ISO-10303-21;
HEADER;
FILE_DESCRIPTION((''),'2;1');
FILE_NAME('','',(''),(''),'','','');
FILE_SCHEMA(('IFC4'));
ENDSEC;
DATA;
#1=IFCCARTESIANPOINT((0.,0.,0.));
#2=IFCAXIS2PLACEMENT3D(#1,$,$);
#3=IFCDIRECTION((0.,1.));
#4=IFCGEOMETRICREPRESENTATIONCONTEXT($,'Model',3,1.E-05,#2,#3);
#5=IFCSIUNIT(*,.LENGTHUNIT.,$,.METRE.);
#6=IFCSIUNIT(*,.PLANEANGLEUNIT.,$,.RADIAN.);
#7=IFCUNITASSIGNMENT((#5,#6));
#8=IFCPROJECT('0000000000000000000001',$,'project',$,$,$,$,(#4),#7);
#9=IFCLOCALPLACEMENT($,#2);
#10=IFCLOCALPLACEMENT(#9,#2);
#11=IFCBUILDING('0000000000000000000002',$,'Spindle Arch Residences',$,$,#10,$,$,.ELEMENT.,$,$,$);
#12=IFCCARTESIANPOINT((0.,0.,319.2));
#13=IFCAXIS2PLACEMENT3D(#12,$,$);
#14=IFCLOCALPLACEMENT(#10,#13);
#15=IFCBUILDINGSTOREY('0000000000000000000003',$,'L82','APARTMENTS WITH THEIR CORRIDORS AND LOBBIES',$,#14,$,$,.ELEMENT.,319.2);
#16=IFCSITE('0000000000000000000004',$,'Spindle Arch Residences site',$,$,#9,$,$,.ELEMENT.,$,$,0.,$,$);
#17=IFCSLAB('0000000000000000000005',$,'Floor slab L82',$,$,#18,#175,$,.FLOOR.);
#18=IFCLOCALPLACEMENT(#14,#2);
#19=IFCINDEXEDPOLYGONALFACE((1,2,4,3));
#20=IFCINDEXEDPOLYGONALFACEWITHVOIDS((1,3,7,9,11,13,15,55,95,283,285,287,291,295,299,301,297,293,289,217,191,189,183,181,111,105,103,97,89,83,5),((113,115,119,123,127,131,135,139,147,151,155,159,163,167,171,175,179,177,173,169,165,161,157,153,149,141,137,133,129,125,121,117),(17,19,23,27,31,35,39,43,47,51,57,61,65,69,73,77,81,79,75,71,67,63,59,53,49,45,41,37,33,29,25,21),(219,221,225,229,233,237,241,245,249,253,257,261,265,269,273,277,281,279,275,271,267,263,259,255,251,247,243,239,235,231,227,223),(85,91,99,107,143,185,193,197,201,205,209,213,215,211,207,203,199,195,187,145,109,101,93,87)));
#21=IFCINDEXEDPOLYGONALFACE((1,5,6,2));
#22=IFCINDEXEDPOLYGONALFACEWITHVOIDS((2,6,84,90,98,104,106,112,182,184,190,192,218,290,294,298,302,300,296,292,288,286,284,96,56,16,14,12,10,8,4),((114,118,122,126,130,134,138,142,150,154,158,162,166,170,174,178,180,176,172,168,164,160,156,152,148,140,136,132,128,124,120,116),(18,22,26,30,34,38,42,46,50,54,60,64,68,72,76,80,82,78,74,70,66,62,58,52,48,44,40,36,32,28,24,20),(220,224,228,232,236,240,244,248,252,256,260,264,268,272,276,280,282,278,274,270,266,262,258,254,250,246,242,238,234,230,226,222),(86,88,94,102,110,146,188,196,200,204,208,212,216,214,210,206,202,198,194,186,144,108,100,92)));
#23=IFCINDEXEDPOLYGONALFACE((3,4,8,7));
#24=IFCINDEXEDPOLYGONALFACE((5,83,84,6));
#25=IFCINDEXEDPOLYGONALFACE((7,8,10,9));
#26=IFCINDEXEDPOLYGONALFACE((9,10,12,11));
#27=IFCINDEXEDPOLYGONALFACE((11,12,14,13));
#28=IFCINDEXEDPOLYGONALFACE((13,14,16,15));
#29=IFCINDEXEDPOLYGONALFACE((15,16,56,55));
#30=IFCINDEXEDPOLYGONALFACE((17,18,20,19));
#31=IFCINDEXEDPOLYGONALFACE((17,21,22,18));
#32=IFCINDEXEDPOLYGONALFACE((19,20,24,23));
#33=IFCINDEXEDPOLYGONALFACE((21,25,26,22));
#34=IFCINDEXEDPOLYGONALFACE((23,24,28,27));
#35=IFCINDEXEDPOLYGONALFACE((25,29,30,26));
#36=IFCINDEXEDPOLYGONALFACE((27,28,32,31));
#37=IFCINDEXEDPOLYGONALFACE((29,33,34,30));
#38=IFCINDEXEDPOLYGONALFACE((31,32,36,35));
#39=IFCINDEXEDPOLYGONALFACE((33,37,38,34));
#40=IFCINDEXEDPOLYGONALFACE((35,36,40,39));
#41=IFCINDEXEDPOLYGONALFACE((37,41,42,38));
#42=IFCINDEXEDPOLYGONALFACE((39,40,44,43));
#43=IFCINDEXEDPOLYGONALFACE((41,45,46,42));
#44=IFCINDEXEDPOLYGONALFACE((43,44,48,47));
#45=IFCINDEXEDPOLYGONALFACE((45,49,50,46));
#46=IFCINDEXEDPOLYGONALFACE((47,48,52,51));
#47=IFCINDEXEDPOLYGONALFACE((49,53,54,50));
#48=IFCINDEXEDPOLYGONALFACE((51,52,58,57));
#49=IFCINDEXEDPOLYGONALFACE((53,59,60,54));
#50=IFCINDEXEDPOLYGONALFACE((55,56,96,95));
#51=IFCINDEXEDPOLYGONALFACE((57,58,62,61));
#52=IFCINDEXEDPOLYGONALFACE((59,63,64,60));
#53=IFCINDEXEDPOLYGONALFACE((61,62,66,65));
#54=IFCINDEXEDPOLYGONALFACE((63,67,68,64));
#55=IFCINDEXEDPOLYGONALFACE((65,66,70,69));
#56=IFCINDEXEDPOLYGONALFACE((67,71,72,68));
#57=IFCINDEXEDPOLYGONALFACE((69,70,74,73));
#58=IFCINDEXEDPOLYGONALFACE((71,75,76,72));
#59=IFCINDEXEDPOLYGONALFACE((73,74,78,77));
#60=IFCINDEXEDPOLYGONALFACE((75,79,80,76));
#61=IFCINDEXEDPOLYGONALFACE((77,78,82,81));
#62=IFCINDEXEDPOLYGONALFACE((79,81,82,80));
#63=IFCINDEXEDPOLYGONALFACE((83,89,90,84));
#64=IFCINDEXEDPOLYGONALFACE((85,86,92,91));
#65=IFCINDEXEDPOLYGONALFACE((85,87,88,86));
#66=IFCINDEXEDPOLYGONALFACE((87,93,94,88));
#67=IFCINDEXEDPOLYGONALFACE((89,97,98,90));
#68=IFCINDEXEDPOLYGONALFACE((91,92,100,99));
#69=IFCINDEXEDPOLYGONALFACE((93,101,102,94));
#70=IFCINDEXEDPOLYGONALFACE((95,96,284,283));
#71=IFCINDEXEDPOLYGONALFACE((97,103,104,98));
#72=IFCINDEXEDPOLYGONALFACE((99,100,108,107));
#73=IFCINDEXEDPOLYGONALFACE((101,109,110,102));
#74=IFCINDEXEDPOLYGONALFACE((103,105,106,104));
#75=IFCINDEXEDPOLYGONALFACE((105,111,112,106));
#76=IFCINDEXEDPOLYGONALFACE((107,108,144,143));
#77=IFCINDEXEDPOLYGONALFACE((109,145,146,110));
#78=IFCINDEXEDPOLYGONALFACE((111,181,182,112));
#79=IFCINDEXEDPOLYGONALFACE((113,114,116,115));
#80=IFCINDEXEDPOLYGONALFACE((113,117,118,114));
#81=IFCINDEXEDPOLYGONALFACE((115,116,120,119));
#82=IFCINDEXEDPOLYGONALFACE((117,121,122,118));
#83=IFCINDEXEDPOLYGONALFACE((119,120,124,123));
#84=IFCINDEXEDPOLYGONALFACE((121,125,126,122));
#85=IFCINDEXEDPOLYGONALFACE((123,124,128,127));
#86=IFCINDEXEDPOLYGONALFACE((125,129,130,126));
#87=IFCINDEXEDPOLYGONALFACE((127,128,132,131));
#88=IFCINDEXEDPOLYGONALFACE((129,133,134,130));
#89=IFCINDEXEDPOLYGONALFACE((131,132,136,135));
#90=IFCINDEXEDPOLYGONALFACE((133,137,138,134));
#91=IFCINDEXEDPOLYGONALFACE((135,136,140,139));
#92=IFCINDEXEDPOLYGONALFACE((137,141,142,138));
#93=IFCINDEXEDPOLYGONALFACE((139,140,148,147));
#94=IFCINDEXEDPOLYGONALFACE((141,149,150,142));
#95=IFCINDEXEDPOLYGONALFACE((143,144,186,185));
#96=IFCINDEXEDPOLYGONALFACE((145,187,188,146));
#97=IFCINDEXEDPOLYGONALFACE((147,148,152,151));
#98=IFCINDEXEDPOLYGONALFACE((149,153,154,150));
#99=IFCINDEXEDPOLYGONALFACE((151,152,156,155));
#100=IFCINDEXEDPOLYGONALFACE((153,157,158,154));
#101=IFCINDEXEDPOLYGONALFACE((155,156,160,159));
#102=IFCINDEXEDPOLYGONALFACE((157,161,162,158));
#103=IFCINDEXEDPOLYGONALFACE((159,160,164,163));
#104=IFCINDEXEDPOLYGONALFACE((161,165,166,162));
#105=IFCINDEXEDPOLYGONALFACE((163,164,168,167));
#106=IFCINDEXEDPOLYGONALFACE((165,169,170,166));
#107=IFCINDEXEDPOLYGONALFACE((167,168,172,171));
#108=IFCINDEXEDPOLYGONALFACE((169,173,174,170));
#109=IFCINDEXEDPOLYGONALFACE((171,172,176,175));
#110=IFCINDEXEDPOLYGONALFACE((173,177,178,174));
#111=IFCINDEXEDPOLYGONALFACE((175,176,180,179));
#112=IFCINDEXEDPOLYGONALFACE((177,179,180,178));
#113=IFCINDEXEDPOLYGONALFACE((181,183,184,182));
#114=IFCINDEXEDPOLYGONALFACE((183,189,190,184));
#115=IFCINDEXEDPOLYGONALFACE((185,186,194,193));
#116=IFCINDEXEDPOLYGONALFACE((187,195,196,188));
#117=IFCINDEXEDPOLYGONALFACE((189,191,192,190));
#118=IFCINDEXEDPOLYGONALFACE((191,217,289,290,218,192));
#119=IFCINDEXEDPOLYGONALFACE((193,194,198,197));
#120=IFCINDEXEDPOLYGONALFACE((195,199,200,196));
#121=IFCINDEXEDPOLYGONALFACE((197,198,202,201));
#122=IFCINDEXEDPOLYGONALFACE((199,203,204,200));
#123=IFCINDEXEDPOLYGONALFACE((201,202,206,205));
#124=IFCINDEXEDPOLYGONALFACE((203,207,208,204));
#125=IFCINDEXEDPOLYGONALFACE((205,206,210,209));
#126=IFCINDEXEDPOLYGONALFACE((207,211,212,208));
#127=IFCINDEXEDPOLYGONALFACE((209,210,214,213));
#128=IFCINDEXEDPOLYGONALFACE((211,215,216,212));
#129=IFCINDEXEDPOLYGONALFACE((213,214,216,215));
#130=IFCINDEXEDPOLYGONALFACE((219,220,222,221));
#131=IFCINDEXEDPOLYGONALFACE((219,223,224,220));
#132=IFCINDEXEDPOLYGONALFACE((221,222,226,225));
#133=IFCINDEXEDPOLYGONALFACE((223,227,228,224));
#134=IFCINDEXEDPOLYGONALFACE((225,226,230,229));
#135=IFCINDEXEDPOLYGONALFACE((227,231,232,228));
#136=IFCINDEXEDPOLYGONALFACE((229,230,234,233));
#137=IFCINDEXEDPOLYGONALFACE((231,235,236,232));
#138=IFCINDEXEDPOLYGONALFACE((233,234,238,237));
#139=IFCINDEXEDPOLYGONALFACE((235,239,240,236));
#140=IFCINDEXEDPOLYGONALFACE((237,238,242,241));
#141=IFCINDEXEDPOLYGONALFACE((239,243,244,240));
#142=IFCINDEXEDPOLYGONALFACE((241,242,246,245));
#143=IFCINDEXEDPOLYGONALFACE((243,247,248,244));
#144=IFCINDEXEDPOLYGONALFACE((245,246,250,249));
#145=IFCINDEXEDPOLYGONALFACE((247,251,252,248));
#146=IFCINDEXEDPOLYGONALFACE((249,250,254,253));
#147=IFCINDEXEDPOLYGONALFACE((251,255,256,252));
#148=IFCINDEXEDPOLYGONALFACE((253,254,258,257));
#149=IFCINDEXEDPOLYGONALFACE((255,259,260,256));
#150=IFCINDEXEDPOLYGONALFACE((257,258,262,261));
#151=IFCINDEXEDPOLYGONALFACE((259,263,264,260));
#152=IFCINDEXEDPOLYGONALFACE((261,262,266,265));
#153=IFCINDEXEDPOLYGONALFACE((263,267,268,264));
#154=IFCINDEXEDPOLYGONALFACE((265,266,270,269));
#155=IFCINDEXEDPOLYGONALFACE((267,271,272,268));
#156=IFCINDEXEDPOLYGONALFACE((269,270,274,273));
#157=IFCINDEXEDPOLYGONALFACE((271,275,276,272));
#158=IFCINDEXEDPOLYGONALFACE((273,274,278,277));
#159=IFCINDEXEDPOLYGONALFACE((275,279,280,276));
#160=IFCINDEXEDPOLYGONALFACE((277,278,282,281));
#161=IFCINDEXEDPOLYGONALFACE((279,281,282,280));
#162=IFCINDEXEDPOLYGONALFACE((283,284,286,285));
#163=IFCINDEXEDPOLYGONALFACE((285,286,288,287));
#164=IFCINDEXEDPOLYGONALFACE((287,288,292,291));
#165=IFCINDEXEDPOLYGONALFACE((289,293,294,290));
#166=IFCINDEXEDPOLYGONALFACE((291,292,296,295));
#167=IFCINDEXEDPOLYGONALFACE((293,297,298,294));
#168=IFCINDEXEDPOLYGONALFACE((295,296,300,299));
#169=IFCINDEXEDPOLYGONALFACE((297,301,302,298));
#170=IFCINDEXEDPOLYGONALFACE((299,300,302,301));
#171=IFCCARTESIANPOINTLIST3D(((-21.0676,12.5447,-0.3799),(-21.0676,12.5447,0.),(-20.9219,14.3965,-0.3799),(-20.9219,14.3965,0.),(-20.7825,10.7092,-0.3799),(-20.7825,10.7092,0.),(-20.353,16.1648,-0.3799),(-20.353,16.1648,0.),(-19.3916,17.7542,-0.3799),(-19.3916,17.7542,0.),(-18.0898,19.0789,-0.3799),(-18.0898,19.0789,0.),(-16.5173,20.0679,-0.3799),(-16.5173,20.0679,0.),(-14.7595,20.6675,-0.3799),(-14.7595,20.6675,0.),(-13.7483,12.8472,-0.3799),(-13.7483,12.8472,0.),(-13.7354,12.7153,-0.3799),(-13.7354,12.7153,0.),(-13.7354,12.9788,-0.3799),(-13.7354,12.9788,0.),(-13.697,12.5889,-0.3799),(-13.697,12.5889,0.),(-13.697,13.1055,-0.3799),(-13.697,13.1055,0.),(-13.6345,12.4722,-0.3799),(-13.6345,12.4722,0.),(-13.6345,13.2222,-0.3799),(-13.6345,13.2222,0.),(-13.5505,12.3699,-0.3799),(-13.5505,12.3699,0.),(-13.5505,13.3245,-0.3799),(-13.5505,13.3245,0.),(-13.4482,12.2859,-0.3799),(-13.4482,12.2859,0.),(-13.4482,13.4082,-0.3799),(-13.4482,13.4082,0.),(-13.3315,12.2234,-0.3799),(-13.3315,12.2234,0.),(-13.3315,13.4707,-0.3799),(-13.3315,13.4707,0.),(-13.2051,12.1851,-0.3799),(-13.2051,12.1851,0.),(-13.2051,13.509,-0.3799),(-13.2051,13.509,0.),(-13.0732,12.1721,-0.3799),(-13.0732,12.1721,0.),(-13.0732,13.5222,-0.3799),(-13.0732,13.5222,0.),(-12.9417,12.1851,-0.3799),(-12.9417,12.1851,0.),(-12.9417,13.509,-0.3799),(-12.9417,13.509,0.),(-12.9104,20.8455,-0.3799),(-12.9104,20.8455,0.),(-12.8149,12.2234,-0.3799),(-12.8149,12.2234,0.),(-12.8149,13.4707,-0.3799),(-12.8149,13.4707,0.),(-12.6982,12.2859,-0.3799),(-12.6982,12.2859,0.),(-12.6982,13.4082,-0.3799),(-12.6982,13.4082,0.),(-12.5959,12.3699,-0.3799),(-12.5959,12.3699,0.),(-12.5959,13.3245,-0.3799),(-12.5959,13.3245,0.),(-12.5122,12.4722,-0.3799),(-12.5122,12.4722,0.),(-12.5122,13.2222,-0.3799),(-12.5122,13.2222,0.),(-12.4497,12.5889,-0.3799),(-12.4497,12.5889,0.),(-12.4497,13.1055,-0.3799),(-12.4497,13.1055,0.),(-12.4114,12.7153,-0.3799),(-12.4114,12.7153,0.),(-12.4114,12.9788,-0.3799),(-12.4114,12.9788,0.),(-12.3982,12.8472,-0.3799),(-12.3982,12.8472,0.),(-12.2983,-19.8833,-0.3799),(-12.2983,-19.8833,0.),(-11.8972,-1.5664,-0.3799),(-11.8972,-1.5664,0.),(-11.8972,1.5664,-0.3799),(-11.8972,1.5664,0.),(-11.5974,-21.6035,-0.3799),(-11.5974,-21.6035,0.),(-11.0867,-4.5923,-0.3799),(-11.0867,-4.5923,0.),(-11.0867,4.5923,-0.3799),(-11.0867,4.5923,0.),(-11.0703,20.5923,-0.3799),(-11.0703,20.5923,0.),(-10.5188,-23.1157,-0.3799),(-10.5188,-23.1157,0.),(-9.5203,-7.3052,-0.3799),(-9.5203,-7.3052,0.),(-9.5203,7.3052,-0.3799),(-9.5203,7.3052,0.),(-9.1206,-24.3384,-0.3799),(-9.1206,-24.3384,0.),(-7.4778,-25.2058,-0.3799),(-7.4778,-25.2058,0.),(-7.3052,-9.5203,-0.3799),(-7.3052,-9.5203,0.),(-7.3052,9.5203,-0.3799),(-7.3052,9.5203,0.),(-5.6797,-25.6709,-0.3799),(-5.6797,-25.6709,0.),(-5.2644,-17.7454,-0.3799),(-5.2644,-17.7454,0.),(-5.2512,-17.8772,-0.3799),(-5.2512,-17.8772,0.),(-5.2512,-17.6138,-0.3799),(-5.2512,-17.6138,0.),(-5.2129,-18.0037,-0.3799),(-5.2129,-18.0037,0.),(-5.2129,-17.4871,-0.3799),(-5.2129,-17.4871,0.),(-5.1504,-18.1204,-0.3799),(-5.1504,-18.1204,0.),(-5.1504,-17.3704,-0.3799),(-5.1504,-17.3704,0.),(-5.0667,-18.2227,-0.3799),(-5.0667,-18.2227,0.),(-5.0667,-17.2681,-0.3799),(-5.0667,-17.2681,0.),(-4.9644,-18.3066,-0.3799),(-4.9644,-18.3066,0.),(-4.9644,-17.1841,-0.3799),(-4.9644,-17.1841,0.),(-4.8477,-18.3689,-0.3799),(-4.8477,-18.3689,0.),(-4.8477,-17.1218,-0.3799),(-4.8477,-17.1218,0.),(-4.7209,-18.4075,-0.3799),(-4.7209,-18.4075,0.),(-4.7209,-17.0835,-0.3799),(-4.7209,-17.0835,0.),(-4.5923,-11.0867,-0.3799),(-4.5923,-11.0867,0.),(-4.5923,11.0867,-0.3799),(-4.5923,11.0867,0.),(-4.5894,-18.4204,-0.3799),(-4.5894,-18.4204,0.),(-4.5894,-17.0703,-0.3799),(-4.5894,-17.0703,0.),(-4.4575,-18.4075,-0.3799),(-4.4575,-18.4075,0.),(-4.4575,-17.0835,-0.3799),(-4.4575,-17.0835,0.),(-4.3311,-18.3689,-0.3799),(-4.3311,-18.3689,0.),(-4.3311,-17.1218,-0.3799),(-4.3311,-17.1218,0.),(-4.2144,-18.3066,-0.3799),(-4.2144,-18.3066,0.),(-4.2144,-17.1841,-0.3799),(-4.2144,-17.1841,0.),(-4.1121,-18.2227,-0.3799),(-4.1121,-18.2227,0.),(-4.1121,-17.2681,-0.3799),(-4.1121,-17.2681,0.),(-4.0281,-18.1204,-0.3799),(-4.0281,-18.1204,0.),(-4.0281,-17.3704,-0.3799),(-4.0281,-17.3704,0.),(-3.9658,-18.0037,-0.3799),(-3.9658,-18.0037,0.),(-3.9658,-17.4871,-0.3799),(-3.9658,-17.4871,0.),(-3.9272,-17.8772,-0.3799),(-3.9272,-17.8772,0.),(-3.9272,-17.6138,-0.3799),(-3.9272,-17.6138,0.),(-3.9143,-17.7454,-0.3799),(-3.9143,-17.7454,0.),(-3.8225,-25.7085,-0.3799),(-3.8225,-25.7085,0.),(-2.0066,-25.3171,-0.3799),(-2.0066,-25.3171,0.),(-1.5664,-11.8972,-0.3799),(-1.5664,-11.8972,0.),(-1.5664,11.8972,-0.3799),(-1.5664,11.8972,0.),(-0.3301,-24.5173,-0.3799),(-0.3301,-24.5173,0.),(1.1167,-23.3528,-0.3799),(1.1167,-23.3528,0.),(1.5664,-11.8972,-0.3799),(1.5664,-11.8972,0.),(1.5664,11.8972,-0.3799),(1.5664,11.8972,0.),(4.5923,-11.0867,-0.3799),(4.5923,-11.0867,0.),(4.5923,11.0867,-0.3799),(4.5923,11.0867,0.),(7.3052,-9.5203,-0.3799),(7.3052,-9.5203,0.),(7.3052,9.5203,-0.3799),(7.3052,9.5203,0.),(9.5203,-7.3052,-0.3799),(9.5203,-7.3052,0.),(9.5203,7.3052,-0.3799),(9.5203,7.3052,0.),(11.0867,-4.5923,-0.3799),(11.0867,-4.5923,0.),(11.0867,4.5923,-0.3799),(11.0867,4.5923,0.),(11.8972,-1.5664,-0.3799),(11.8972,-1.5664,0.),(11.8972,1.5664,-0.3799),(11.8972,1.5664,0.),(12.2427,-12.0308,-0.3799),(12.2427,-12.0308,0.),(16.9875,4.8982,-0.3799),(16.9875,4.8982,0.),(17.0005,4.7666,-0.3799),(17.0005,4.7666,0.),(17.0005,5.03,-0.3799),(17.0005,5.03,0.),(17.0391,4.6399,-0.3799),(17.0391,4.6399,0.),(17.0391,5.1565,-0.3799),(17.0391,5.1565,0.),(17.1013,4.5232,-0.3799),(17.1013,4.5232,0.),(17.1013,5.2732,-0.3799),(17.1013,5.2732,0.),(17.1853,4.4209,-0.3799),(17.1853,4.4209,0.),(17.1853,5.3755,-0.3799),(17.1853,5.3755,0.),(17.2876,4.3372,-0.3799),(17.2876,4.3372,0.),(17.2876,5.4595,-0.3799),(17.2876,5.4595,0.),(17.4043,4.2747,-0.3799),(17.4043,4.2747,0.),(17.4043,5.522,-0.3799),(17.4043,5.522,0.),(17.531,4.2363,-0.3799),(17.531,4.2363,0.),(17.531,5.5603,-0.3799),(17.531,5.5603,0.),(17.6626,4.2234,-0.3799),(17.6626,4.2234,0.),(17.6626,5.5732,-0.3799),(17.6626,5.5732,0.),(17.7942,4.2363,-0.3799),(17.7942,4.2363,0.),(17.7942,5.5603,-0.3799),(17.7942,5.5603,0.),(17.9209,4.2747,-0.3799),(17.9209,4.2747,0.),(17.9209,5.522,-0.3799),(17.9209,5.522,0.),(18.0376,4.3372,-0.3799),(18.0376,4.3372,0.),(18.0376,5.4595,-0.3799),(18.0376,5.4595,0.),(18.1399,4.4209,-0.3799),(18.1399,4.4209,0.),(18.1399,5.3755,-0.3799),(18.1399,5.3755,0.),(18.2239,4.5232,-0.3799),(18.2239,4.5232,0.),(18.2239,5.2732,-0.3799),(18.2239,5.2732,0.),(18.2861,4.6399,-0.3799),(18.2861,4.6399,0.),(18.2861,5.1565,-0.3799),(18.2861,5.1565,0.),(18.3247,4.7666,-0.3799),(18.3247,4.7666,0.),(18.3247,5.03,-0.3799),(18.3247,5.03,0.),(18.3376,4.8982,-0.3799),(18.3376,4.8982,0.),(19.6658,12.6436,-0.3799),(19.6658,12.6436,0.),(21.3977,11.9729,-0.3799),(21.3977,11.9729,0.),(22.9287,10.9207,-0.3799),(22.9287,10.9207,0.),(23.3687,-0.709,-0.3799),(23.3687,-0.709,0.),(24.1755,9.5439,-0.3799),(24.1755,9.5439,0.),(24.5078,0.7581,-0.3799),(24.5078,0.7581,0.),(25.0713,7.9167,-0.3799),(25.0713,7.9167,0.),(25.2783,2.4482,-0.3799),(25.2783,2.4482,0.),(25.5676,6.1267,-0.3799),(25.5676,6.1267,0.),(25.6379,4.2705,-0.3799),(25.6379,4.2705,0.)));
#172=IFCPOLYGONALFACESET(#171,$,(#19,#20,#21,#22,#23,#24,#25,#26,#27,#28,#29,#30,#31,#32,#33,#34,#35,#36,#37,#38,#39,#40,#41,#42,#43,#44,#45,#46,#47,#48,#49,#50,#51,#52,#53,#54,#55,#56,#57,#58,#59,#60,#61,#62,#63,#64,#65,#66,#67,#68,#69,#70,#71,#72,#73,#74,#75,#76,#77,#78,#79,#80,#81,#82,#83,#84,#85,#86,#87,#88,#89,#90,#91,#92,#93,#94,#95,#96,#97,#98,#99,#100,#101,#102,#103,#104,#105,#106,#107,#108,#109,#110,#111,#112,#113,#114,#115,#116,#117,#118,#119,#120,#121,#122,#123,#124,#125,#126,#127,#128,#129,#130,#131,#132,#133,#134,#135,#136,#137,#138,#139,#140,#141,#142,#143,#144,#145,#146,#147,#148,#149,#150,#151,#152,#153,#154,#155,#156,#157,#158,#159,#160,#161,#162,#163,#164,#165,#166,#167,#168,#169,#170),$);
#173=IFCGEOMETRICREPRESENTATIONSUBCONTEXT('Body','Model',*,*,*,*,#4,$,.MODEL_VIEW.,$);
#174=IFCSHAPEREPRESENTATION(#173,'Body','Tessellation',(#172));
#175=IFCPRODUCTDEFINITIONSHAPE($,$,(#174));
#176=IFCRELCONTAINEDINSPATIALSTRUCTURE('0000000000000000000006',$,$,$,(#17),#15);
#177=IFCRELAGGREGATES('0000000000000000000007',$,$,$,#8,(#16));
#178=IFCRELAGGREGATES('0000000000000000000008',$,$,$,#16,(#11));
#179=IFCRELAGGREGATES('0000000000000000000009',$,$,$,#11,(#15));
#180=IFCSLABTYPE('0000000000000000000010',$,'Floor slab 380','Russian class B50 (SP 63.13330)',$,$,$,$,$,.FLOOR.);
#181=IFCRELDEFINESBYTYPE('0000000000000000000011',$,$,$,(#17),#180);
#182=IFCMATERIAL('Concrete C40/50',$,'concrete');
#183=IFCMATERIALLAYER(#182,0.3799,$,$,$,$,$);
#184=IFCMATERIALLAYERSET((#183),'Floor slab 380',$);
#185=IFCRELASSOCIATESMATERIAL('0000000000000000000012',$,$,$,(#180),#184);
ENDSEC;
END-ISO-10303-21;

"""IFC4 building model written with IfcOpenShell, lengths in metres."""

from ifc_helpers import new_model, si_unit, direction, frame, origin, place, context, subcontext, project, spatial, polyline, outline, extrude, material, layer, layer_set, type_object, element, save


model = new_model("IFC4")

# Units and contexts
model_context = context("Model", 3, precision=1e-05, world=origin(), true_north=direction((0.0, 1.0)))
body_context = subcontext(model_context, "Body", "Model", "MODEL_VIEW")
ifc_project = project(units=[si_unit("LENGTHUNIT", "METRE"), si_unit("PLANEANGLEUNIT", "RADIAN")], contexts=[model_context])

# Site, building, storey
site_placement = place(None, origin())
site = spatial("IfcSite", under=ifc_project, at=site_placement, Name="Spindle Arch Residences site", CompositionType="ELEMENT", RefElevation=0.0)
building_placement = place(site_placement, origin())
building = spatial("IfcBuilding", under=site, at=building_placement, Name="Spindle Arch Residences", CompositionType="ELEMENT")
storey_placement = place(building_placement, frame((0.0, 0.0, 319.2)))
storey = spatial("IfcBuildingStorey", under=building, at=storey_placement, Name="L82", Description="APARTMENTS WITH THEIR CORRIDORS AND LOBBIES", CompositionType="ELEMENT", Elevation=319.2)

# Slab
ifc_material_1 = material(Name="Concrete C40/50", Category="concrete")
ifc_layer_1 = layer(ifc_material_1, 0.3799)
ifc_layer_set_1 = layer_set([ifc_layer_1], Name="Floor slab 380")
slab_type_1 = type_object("IfcSlabType", Name="Floor slab 380", Description="Russian class B50 (SP 63.13330)", PredefinedType="FLOOR", material=ifc_layer_set_1)
slab_1_placement = place(storey_placement, frame((0.0, 0.0, -0.3799)))
element("IfcSlab", 1, at=slab_1_placement, inside=storey, type_object=slab_type_1, Name="Floor slab L82", PredefinedType="FLOOR", context=body_context, shape_type="SweptSolid", body=[
    extrude(outline(polyline([(-0.3301, -24.5173), (-2.0066, -25.3171), (-3.8225, -25.7085), (-5.6797, -25.6709), (-7.4778, -25.2058), (-9.1206, -24.3384), (-10.5188, -23.1157), (-11.5974, -21.6035), (-12.2983, -19.8833), (-20.7825, 10.7092), (-21.0676, 12.5447), (-20.9219, 14.3965), (-20.353, 16.1648), (-19.3916, 17.7542), (-18.0898, 19.0789), (-16.5173, 20.0679), (-14.7595, 20.6675), (-12.9104, 20.8455), (-11.0703, 20.5923), (19.6658, 12.6436), (21.3977, 11.9729), (22.9287, 10.9207), (24.1755, 9.5439), (25.0713, 7.9167), (25.5676, 6.1267), (25.6379, 4.2705), (25.2783, 2.4482), (24.5078, 0.7581), (23.3687, -0.709), (12.2427, -12.0308), (1.1167, -23.3528), (-0.3301, -24.5173)]), holes=[polyline([(7.3052, -9.5203), (9.5203, -7.3052), (11.0867, -4.5923), (11.8972, -1.5664), (11.8972, 1.5664), (11.0867, 4.5923), (9.5203, 7.3052), (7.3052, 9.5203), (4.5923, 11.0867), (1.5664, 11.8972), (-1.5664, 11.8972), (-4.5923, 11.0867), (-7.3052, 9.5203), (-9.5203, 7.3052), (-11.0867, 4.5923), (-11.8972, 1.5664), (-11.8972, -1.5664), (-11.0867, -4.5923), (-9.5203, -7.3052), (-7.3052, -9.5203), (-4.5923, -11.0867), (-1.5664, -11.8972), (1.5664, -11.8972), (4.5923, -11.0867), (7.3052, -9.5203)]), polyline([(-4.0281, -18.1204), (-3.9658, -18.0037), (-3.9272, -17.8772), (-3.9143, -17.7454), (-3.9272, -17.6138), (-3.9658, -17.4871), (-4.0281, -17.3704), (-4.1121, -17.2681), (-4.2144, -17.1841), (-4.3311, -17.1218), (-4.4575, -17.0835), (-4.5894, -17.0703), (-4.7209, -17.0835), (-4.8477, -17.1218), (-4.9644, -17.1841), (-5.0667, -17.2681), (-5.1504, -17.3704), (-5.2129, -17.4871), (-5.2512, -17.6138), (-5.2644, -17.7454), (-5.2512, -17.8772), (-5.2129, -18.0037), (-5.1504, -18.1204), (-5.0667, -18.2227), (-4.9644, -18.3066), (-4.8477, -18.3689), (-4.7209, -18.4075), (-4.5894, -18.4204), (-4.4575, -18.4075), (-4.3311, -18.3689), (-4.2144, -18.3066), (-4.1121, -18.2227), (-4.0281, -18.1204)]), polyline([(-12.5959, 12.3699), (-12.5122, 12.4722), (-12.4497, 12.5889), (-12.4114, 12.7153), (-12.3982, 12.8472), (-12.4114, 12.9788), (-12.4497, 13.1055), (-12.5122, 13.2222), (-12.5959, 13.3245), (-12.6982, 13.4082), (-12.8149, 13.4707), (-12.9417, 13.509), (-13.0732, 13.5222), (-13.2051, 13.509), (-13.3315, 13.4707), (-13.4482, 13.4082), (-13.5505, 13.3245), (-13.6345, 13.2222), (-13.697, 13.1055), (-13.7354, 12.9788), (-13.7483, 12.8472), (-13.7354, 12.7153), (-13.697, 12.5889), (-13.6345, 12.4722), (-13.5505, 12.3699), (-13.4482, 12.2859), (-13.3315, 12.2234), (-13.2051, 12.1851), (-13.0732, 12.1721), (-12.9417, 12.1851), (-12.8149, 12.2234), (-12.6982, 12.2859), (-12.5959, 12.3699)]), polyline([(18.1399, 4.4209), (18.2239, 4.5232), (18.2861, 4.6399), (18.3247, 4.7666), (18.3376, 4.8982), (18.3247, 5.03), (18.2861, 5.1565), (18.2239, 5.2732), (18.1399, 5.3755), (18.0376, 5.4595), (17.9209, 5.522), (17.7942, 5.5603), (17.6626, 5.5732), (17.531, 5.5603), (17.4043, 5.522), (17.2876, 5.4595), (17.1853, 5.3755), (17.1013, 5.2732), (17.0391, 5.1565), (17.0005, 5.03), (16.9875, 4.8982), (17.0005, 4.7666), (17.0391, 4.6399), (17.1013, 4.5232), (17.1853, 4.4209), (17.2876, 4.3372), (17.4043, 4.2747), (17.531, 4.2363), (17.6626, 4.2234), (17.7942, 4.2363), (17.9209, 4.2747), (18.0376, 4.3372), (18.1399, 4.4209)])]), origin(), (0.0, 0.0, 1.0), 0.3799),
])

save(model, "model.ifc")
